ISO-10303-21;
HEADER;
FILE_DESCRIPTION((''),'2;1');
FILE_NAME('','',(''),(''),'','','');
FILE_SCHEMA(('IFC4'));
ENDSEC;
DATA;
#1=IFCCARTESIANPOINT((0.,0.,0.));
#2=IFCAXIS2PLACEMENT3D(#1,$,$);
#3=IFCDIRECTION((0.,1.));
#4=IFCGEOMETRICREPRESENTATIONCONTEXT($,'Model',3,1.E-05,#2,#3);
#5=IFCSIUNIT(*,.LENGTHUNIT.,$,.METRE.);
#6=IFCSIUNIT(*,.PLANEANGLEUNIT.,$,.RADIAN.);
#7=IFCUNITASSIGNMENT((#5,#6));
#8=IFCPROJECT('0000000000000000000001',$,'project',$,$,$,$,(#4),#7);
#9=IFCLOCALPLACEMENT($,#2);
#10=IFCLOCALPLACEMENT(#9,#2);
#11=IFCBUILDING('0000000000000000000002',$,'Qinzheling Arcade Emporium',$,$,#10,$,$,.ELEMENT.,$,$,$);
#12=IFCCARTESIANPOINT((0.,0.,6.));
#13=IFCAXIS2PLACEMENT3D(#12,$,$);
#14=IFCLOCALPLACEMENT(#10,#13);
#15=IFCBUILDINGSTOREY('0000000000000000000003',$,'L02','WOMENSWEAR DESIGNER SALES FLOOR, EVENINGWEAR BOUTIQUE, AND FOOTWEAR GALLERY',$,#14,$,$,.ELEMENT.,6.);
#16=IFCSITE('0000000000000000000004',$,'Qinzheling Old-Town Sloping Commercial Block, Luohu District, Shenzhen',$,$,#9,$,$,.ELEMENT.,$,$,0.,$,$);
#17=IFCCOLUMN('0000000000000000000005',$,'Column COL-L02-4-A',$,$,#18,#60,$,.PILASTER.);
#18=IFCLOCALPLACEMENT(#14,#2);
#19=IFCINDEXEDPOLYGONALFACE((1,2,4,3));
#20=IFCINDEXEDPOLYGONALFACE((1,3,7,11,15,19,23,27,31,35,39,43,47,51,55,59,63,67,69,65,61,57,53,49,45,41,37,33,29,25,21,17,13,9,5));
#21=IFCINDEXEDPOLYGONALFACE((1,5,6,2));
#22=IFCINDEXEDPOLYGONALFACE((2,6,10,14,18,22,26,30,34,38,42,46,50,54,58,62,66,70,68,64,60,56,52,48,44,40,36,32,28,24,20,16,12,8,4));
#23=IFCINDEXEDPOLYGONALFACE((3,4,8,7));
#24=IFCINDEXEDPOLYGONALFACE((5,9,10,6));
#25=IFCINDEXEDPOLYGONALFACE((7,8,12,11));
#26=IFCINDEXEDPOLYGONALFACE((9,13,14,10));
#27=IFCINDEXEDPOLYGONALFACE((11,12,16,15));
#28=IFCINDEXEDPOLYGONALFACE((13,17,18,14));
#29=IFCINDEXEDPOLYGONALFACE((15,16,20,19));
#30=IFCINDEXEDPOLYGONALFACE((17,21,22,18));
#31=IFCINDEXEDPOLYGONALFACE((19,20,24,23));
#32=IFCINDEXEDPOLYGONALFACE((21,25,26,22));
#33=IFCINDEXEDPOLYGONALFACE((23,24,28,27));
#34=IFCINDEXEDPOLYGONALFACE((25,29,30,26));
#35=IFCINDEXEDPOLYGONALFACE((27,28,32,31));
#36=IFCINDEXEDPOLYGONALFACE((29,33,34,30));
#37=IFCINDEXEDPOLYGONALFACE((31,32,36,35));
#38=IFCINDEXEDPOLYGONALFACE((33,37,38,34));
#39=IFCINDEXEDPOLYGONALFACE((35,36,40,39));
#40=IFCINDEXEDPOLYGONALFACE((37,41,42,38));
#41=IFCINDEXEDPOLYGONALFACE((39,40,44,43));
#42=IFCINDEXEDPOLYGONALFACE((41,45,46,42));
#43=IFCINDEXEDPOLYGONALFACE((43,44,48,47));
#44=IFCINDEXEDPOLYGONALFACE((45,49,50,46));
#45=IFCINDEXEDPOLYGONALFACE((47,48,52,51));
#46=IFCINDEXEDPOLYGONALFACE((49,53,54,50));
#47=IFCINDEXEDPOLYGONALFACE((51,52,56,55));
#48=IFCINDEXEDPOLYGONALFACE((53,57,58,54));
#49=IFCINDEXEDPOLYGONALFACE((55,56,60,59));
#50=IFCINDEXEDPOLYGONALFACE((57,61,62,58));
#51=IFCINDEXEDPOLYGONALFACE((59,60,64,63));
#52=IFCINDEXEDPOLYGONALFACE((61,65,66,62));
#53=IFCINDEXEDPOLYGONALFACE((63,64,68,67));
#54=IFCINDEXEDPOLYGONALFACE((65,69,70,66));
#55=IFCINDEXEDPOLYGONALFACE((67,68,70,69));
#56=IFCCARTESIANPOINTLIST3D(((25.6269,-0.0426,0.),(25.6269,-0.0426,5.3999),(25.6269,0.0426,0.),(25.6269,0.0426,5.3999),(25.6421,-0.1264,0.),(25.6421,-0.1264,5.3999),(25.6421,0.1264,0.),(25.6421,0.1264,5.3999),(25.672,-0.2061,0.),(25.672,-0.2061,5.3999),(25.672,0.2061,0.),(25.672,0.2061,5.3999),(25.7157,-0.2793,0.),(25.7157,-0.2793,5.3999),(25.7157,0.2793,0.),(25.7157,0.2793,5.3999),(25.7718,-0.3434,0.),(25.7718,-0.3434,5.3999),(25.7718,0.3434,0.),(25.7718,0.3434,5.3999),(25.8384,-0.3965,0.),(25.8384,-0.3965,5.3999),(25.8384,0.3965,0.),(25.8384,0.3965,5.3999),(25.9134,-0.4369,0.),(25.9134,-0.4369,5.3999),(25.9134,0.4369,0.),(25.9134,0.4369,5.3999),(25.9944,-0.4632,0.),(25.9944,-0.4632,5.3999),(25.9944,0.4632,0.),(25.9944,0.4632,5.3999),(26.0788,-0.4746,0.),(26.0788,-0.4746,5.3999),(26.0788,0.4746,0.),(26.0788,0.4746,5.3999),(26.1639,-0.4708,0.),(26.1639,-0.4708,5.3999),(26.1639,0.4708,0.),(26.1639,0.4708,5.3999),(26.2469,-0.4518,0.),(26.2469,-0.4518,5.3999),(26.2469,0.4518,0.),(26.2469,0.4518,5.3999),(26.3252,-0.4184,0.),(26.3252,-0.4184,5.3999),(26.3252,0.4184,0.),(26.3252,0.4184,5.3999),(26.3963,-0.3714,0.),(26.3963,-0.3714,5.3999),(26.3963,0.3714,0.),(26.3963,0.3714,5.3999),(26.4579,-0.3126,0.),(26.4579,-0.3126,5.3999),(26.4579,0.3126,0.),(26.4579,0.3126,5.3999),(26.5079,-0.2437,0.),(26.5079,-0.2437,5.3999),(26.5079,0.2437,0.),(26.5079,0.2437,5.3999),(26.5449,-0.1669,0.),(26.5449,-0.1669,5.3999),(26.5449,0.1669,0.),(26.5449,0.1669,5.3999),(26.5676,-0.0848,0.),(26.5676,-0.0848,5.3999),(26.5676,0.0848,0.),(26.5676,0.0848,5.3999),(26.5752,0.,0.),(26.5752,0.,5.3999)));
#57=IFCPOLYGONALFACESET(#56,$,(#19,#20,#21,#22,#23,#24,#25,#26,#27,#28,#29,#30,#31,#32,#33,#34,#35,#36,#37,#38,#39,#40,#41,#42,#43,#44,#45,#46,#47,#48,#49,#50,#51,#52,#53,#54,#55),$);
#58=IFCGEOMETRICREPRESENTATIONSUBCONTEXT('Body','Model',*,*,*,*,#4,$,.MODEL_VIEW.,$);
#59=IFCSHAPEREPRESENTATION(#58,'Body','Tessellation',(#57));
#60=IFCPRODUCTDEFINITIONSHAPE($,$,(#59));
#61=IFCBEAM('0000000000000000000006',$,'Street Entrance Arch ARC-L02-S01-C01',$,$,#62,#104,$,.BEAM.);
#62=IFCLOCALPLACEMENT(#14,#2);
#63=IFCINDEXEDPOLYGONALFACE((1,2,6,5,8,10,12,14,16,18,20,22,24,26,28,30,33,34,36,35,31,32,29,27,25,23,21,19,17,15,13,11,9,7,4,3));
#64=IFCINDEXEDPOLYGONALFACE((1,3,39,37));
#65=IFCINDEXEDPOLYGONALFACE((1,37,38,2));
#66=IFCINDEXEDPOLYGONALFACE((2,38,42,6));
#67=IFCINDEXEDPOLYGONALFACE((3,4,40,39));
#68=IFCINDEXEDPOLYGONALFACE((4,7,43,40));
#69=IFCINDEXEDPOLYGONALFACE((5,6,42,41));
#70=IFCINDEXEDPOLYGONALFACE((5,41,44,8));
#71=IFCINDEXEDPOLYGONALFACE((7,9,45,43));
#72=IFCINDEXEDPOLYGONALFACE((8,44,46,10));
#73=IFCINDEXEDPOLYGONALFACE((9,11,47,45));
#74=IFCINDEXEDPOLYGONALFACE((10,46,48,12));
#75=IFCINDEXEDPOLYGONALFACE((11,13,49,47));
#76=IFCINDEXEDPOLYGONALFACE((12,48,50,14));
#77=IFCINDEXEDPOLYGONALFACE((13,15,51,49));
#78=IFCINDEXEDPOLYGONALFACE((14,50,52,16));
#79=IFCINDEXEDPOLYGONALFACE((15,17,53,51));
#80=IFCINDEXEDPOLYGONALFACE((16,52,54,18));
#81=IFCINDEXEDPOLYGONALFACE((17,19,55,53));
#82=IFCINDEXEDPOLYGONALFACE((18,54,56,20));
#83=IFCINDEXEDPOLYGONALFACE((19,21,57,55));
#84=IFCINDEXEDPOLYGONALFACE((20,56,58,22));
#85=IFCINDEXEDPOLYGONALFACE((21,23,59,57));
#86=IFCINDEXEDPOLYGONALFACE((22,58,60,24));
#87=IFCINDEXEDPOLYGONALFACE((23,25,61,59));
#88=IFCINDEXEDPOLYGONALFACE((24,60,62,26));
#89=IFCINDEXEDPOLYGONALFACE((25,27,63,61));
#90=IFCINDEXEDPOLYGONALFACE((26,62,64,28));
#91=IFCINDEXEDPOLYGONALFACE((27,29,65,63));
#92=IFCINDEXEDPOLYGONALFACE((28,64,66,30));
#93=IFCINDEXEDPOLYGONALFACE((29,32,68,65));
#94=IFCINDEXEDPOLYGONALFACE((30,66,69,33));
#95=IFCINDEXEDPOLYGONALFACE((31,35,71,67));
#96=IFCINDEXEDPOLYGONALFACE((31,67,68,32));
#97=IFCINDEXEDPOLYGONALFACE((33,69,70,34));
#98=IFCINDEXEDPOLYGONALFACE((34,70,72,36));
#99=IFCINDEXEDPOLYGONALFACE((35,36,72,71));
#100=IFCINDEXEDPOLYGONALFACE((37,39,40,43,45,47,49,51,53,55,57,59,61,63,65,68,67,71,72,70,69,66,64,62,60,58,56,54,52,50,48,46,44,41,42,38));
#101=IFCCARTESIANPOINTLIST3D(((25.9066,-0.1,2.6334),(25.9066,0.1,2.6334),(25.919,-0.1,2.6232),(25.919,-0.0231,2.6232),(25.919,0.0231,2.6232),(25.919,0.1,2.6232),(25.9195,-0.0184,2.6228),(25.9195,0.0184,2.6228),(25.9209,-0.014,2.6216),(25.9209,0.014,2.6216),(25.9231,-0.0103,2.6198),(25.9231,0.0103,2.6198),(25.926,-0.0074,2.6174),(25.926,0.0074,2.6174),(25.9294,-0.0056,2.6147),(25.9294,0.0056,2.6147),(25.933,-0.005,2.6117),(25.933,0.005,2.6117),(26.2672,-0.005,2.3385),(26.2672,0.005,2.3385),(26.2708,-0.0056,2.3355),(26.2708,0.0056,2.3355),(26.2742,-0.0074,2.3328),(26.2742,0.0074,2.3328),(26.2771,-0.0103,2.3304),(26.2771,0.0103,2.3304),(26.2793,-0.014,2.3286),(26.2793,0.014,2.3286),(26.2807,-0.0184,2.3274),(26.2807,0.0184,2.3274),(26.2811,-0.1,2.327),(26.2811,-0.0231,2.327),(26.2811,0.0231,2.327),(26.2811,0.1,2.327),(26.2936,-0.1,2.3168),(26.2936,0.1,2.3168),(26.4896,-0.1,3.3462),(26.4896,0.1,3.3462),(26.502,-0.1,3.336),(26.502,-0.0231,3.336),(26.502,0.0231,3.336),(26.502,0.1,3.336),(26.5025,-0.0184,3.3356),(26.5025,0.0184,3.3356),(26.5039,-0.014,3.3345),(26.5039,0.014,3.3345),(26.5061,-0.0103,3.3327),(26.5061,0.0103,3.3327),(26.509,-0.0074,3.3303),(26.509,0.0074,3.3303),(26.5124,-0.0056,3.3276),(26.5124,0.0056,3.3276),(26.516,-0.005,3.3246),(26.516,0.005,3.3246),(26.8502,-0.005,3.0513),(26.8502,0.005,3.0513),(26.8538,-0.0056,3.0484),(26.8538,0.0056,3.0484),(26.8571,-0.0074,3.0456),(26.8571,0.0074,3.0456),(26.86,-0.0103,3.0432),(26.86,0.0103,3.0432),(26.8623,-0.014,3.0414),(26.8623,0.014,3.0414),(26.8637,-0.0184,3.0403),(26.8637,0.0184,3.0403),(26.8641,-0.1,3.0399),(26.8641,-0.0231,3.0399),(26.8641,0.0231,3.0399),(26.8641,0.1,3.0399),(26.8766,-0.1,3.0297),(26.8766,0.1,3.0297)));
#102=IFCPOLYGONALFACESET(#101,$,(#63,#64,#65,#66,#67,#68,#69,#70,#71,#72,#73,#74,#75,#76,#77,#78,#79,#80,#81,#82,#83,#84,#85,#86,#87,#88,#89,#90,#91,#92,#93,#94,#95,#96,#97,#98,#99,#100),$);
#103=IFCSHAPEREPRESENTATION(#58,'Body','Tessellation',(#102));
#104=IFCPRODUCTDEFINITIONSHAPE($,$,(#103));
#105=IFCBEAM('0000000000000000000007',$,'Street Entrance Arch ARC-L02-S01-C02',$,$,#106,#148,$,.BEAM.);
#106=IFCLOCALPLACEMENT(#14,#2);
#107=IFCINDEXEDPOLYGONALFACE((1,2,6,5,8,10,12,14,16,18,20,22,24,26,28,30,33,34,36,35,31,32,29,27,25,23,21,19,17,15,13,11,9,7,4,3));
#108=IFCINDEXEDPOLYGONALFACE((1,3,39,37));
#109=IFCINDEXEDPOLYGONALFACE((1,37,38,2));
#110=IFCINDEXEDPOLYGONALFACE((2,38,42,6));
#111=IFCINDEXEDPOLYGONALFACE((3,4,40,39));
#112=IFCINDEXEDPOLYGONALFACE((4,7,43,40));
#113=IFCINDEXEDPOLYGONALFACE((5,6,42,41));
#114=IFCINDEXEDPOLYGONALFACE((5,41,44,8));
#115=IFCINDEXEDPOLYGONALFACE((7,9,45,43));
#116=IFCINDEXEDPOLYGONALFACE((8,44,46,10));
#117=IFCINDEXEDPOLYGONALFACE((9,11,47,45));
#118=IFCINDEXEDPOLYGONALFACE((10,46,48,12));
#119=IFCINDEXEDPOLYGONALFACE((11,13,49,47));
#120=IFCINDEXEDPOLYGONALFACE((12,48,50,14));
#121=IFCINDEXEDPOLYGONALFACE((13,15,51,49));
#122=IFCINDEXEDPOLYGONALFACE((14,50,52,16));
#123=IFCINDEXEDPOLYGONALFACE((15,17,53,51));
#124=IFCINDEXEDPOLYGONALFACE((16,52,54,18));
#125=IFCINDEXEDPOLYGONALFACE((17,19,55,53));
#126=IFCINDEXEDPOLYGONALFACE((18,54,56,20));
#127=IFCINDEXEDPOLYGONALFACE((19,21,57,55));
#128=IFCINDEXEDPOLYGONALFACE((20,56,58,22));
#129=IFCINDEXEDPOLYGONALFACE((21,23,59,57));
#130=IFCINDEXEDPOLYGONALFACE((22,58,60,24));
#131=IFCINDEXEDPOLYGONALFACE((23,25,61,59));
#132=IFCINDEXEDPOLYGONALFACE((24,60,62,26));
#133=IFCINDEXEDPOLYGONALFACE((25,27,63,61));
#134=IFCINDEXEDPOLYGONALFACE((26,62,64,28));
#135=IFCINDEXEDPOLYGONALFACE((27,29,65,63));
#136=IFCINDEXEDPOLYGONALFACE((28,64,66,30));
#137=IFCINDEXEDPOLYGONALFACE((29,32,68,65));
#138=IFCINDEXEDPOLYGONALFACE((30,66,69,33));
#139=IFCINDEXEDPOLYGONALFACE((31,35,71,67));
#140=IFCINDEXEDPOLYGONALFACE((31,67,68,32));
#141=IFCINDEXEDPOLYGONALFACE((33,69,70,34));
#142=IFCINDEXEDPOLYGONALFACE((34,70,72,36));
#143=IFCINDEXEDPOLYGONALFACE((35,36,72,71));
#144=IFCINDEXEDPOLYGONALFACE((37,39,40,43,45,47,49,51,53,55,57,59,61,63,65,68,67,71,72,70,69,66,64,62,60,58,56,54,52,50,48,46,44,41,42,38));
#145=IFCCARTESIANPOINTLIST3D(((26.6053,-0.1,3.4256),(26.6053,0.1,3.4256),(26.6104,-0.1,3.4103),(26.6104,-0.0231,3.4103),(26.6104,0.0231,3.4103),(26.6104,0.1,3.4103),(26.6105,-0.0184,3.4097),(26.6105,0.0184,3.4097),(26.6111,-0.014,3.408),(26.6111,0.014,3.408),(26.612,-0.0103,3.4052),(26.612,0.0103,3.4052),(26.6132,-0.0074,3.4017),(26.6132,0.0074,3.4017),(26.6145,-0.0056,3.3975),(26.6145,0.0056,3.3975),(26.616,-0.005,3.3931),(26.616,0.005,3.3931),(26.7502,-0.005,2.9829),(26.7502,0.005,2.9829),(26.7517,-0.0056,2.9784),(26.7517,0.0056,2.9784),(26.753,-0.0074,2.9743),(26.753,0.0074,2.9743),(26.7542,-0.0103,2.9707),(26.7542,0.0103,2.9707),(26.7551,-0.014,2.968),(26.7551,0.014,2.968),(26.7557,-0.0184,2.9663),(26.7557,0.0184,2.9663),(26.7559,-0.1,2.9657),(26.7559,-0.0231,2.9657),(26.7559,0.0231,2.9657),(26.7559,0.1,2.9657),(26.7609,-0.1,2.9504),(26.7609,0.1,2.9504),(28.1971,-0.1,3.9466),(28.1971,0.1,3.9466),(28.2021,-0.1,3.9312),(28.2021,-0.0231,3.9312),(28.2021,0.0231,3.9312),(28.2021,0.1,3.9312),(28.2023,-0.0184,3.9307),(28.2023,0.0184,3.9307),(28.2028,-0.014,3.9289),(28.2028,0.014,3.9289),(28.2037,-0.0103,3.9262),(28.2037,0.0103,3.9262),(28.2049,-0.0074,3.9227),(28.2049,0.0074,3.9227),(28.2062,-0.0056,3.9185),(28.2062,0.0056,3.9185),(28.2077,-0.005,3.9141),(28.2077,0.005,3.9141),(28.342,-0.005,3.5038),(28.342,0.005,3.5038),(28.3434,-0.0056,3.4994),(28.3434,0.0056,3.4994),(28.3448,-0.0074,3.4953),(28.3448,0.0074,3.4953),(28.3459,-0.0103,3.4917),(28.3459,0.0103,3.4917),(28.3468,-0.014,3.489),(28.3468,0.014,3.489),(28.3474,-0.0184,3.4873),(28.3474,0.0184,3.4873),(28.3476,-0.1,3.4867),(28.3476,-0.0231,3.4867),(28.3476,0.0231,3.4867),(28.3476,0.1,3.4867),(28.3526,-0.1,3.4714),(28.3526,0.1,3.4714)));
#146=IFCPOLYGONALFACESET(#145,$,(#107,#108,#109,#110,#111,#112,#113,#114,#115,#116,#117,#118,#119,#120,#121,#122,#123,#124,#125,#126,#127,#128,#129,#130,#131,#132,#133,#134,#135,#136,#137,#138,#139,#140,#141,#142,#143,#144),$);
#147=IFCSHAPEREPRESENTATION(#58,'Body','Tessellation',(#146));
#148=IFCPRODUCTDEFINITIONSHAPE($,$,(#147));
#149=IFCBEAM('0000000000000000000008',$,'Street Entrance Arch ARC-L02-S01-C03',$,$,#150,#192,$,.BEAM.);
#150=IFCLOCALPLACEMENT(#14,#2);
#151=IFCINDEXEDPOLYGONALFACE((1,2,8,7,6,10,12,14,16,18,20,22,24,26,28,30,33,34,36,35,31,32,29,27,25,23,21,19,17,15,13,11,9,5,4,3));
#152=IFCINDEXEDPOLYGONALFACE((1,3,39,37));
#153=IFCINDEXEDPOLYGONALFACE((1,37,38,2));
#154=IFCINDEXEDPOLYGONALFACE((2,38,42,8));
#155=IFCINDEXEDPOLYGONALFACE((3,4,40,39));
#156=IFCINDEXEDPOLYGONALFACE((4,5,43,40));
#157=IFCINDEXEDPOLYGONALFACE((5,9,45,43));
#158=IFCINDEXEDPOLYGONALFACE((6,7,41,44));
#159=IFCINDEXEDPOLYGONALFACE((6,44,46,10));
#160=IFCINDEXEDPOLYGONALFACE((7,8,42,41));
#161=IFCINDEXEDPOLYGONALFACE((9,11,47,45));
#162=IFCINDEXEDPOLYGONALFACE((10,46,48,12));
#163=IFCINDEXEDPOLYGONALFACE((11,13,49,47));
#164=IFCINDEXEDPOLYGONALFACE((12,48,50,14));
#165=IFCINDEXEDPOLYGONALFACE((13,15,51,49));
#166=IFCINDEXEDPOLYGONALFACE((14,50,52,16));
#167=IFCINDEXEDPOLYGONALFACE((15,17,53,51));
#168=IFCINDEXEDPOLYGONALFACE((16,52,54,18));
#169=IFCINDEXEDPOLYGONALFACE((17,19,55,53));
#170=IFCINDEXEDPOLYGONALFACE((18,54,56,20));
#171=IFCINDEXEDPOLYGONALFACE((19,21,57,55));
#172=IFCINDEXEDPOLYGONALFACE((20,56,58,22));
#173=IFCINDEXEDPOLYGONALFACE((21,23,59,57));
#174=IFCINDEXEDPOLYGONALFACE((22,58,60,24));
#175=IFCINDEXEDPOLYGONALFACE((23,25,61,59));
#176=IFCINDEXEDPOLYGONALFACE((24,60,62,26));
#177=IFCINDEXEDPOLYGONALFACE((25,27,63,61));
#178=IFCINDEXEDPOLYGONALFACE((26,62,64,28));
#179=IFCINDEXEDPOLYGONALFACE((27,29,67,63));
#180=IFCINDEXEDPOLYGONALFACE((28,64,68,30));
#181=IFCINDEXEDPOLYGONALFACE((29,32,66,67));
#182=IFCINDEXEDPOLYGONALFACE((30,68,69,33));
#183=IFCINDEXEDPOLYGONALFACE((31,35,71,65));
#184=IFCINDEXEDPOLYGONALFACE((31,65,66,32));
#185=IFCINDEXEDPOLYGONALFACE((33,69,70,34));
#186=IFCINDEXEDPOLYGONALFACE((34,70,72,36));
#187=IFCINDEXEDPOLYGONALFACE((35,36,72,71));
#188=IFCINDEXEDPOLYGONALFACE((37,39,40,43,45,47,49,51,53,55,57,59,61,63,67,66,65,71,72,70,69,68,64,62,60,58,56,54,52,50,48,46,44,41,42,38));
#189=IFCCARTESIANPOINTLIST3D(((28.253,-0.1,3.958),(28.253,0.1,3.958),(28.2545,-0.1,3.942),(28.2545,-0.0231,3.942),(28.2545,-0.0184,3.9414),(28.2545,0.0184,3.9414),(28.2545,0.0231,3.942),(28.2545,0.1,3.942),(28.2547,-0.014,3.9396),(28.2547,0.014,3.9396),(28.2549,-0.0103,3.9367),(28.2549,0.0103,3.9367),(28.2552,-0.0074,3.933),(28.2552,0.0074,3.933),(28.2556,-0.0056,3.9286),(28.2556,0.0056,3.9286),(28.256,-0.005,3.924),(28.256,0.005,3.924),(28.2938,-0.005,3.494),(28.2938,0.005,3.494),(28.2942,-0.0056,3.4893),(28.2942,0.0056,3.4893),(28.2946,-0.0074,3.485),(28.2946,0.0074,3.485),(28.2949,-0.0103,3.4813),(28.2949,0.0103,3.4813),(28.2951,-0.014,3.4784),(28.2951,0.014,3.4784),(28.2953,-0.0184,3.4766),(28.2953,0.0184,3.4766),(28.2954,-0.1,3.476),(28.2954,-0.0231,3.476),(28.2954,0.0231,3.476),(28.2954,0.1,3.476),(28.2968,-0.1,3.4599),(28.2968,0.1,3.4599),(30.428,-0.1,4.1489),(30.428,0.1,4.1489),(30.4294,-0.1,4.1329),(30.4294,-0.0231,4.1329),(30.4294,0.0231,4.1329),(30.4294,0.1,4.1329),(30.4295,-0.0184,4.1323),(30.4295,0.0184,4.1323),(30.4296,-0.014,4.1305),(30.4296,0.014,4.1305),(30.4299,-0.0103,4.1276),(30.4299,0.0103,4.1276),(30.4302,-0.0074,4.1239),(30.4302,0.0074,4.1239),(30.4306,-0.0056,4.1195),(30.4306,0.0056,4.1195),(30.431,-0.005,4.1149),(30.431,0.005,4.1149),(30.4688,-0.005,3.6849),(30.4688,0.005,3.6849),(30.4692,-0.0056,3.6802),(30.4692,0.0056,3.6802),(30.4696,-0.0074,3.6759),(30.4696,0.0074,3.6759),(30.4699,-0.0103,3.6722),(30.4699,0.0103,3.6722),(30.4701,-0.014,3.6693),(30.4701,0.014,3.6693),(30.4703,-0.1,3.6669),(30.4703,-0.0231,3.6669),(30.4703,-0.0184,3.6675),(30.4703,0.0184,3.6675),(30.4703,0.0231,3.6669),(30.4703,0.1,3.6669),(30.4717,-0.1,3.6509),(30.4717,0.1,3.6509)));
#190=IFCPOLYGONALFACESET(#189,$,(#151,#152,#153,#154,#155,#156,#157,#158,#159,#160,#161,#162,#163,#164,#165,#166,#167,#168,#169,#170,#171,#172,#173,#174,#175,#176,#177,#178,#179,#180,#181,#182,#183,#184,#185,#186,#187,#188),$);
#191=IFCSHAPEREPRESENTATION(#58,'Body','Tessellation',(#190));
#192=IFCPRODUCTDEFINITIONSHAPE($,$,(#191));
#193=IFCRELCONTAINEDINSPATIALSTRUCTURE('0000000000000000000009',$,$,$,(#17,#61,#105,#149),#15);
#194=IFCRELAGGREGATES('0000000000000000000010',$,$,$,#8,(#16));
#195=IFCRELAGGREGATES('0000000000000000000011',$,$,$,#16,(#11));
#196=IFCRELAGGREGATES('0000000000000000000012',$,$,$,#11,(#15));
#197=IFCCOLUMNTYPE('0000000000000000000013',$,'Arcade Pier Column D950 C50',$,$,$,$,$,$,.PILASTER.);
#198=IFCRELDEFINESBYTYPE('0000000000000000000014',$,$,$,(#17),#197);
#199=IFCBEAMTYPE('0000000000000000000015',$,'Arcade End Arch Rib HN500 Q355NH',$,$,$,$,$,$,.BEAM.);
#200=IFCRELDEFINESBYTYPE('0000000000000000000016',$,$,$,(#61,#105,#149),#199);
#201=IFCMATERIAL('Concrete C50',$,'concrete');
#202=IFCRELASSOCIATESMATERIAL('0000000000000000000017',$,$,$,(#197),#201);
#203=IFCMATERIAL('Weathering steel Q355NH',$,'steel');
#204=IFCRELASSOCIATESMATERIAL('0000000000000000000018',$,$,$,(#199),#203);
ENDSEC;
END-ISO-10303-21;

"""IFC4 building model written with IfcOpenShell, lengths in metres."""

from ifc_helpers import new_model, si_unit, direction, frame, origin, origin_2d, place, context, subcontext, project, spatial, circle, i_section, extrude, material, material_profile, profile_set, type_object, element, save


model = new_model("IFC4")

# Units and contexts
model_context = context("Model", 3, precision=1e-05, world=origin(), true_north=direction((0.0, 1.0)))
body_context = subcontext(model_context, "Body", "Model", "MODEL_VIEW")
ifc_project = project(units=[si_unit("LENGTHUNIT", "METRE"), si_unit("PLANEANGLEUNIT", "RADIAN")], contexts=[model_context])

# Site, building, storey
site_placement = place(None, origin())
site = spatial("IfcSite", under=ifc_project, at=site_placement, Name="Qinzheling Old-Town Sloping Commercial Block, Luohu District, Shenzhen", CompositionType="ELEMENT", RefElevation=0.0)
building_placement = place(site_placement, origin())
building = spatial("IfcBuilding", under=site, at=building_placement, Name="Qinzheling Arcade Emporium", CompositionType="ELEMENT")
storey_placement = place(building_placement, frame((0.0, 0.0, 6.0)))
storey = spatial("IfcBuildingStorey", under=building, at=storey_placement, Name="L02", Description="WOMENSWEAR DESIGNER SALES FLOOR, EVENINGWEAR BOUTIQUE, AND FOOTWEAR GALLERY", CompositionType="ELEMENT", Elevation=6.0)

# Column
ifc_material_1 = material(Name="Concrete C50", Category="concrete")
ifc_material_profile_1 = material_profile(ifc_material_1, circle(Radius=0.4751, at=origin_2d()), Name="RC D950", Category="concrete")
ifc_profile_set_1 = profile_set([ifc_material_profile_1], Name="Concrete C50")
column_type = type_object("IfcColumnType", Name="Arcade Pier Column D950 C50", PredefinedType="PILASTER", material=ifc_profile_set_1)
column_placement = place(storey_placement, frame((26.1001, 0.0, 0.0), z_axis=(0.0, 0.0, 1.0), x_axis=(1.0, 0.0, 0.0)))
element("IfcColumn", 1, at=column_placement, inside=storey, type_object=column_type, Name="Column COL-L02-4-A", PredefinedType="PILASTER", context=body_context, shape_type="SweptSolid", body=[
    extrude(circle(Radius=0.4751, at=origin_2d()), origin(), (0.0, 0.0, 1.0), 5.3999),
])

# Beams
ifc_material_2 = material(Name="Weathering steel Q355NH", Category="steel")
ifc_material_profile_2 = material_profile(ifc_material_2, i_section(OverallWidth=0.2, OverallDepth=0.5, WebThickness=0.01, FlangeThickness=0.0161, FilletRadius=0.0181, at=origin_2d()), Name="HN 500x200x10x16", Category="steel")
ifc_profile_set_2 = profile_set([ifc_material_profile_2], Name="Weathering steel Q355NH")
beam_type_1 = type_object("IfcBeamType", Name="Arcade End Arch Rib HN500 Q355NH", PredefinedType="BEAM", material=ifc_profile_set_2)
beam_1_placement = place(storey_placement, frame((26.1001, 0.0, 2.4751), z_axis=(0.633065, 0.0, 0.774099), x_axis=(0.0, 1.0, 0.0)))
element("IfcBeam", 2, at=beam_1_placement, inside=storey, type_object=beam_type_1, Name="Street Entrance Arch ARC-L02-S01-C01", PredefinedType="BEAM", context=body_context, shape_type="SweptSolid", body=[
    extrude(i_section(OverallWidth=0.2, OverallDepth=0.5, WebThickness=0.01, FlangeThickness=0.0161, FilletRadius=0.0181, at=origin_2d()), origin(), (0.0, 0.0, 1.0), 0.9209),
])
beam_2_placement = place(storey_placement, frame((26.6831, 0.0, 3.188), z_axis=(0.950389, 0.0, 0.311063), x_axis=(0.0, 1.0, 0.0)))
element("IfcBeam", 3, at=beam_2_placement, inside=storey, type_object=beam_type_1, Name="Street Entrance Arch ARC-L02-S01-C02", PredefinedType="BEAM", context=body_context, shape_type="SweptSolid", body=[
    extrude(i_section(OverallWidth=0.2, OverallDepth=0.5, WebThickness=0.01, FlangeThickness=0.0161, FilletRadius=0.0181, at=origin_2d()), origin(), (0.0, 0.0, 1.0), 1.6748),
])
for number, where, z_axis, x_axis, name in (
    (4, (28.2749, 0.0, 3.709), (0.99617, 0.0, 0.08744), (0.0, 1.0, 0.0), "Street Entrance Arch ARC-L02-S01-C03"),
):
    element("IfcBeam", number, at=place(storey_placement, frame(where, z_axis=z_axis, x_axis=x_axis)), inside=storey, type_object=beam_type_1, Name=name, PredefinedType="BEAM", context=body_context, shape_type="SweptSolid", body=[
        extrude(i_section(OverallWidth=0.2, OverallDepth=0.5, WebThickness=0.01, FlangeThickness=0.0161, FilletRadius=0.0181, at=origin_2d()), origin(), (0.0, 0.0, 1.0), 2.1833),
    ])

save(model, "model.ifc")
